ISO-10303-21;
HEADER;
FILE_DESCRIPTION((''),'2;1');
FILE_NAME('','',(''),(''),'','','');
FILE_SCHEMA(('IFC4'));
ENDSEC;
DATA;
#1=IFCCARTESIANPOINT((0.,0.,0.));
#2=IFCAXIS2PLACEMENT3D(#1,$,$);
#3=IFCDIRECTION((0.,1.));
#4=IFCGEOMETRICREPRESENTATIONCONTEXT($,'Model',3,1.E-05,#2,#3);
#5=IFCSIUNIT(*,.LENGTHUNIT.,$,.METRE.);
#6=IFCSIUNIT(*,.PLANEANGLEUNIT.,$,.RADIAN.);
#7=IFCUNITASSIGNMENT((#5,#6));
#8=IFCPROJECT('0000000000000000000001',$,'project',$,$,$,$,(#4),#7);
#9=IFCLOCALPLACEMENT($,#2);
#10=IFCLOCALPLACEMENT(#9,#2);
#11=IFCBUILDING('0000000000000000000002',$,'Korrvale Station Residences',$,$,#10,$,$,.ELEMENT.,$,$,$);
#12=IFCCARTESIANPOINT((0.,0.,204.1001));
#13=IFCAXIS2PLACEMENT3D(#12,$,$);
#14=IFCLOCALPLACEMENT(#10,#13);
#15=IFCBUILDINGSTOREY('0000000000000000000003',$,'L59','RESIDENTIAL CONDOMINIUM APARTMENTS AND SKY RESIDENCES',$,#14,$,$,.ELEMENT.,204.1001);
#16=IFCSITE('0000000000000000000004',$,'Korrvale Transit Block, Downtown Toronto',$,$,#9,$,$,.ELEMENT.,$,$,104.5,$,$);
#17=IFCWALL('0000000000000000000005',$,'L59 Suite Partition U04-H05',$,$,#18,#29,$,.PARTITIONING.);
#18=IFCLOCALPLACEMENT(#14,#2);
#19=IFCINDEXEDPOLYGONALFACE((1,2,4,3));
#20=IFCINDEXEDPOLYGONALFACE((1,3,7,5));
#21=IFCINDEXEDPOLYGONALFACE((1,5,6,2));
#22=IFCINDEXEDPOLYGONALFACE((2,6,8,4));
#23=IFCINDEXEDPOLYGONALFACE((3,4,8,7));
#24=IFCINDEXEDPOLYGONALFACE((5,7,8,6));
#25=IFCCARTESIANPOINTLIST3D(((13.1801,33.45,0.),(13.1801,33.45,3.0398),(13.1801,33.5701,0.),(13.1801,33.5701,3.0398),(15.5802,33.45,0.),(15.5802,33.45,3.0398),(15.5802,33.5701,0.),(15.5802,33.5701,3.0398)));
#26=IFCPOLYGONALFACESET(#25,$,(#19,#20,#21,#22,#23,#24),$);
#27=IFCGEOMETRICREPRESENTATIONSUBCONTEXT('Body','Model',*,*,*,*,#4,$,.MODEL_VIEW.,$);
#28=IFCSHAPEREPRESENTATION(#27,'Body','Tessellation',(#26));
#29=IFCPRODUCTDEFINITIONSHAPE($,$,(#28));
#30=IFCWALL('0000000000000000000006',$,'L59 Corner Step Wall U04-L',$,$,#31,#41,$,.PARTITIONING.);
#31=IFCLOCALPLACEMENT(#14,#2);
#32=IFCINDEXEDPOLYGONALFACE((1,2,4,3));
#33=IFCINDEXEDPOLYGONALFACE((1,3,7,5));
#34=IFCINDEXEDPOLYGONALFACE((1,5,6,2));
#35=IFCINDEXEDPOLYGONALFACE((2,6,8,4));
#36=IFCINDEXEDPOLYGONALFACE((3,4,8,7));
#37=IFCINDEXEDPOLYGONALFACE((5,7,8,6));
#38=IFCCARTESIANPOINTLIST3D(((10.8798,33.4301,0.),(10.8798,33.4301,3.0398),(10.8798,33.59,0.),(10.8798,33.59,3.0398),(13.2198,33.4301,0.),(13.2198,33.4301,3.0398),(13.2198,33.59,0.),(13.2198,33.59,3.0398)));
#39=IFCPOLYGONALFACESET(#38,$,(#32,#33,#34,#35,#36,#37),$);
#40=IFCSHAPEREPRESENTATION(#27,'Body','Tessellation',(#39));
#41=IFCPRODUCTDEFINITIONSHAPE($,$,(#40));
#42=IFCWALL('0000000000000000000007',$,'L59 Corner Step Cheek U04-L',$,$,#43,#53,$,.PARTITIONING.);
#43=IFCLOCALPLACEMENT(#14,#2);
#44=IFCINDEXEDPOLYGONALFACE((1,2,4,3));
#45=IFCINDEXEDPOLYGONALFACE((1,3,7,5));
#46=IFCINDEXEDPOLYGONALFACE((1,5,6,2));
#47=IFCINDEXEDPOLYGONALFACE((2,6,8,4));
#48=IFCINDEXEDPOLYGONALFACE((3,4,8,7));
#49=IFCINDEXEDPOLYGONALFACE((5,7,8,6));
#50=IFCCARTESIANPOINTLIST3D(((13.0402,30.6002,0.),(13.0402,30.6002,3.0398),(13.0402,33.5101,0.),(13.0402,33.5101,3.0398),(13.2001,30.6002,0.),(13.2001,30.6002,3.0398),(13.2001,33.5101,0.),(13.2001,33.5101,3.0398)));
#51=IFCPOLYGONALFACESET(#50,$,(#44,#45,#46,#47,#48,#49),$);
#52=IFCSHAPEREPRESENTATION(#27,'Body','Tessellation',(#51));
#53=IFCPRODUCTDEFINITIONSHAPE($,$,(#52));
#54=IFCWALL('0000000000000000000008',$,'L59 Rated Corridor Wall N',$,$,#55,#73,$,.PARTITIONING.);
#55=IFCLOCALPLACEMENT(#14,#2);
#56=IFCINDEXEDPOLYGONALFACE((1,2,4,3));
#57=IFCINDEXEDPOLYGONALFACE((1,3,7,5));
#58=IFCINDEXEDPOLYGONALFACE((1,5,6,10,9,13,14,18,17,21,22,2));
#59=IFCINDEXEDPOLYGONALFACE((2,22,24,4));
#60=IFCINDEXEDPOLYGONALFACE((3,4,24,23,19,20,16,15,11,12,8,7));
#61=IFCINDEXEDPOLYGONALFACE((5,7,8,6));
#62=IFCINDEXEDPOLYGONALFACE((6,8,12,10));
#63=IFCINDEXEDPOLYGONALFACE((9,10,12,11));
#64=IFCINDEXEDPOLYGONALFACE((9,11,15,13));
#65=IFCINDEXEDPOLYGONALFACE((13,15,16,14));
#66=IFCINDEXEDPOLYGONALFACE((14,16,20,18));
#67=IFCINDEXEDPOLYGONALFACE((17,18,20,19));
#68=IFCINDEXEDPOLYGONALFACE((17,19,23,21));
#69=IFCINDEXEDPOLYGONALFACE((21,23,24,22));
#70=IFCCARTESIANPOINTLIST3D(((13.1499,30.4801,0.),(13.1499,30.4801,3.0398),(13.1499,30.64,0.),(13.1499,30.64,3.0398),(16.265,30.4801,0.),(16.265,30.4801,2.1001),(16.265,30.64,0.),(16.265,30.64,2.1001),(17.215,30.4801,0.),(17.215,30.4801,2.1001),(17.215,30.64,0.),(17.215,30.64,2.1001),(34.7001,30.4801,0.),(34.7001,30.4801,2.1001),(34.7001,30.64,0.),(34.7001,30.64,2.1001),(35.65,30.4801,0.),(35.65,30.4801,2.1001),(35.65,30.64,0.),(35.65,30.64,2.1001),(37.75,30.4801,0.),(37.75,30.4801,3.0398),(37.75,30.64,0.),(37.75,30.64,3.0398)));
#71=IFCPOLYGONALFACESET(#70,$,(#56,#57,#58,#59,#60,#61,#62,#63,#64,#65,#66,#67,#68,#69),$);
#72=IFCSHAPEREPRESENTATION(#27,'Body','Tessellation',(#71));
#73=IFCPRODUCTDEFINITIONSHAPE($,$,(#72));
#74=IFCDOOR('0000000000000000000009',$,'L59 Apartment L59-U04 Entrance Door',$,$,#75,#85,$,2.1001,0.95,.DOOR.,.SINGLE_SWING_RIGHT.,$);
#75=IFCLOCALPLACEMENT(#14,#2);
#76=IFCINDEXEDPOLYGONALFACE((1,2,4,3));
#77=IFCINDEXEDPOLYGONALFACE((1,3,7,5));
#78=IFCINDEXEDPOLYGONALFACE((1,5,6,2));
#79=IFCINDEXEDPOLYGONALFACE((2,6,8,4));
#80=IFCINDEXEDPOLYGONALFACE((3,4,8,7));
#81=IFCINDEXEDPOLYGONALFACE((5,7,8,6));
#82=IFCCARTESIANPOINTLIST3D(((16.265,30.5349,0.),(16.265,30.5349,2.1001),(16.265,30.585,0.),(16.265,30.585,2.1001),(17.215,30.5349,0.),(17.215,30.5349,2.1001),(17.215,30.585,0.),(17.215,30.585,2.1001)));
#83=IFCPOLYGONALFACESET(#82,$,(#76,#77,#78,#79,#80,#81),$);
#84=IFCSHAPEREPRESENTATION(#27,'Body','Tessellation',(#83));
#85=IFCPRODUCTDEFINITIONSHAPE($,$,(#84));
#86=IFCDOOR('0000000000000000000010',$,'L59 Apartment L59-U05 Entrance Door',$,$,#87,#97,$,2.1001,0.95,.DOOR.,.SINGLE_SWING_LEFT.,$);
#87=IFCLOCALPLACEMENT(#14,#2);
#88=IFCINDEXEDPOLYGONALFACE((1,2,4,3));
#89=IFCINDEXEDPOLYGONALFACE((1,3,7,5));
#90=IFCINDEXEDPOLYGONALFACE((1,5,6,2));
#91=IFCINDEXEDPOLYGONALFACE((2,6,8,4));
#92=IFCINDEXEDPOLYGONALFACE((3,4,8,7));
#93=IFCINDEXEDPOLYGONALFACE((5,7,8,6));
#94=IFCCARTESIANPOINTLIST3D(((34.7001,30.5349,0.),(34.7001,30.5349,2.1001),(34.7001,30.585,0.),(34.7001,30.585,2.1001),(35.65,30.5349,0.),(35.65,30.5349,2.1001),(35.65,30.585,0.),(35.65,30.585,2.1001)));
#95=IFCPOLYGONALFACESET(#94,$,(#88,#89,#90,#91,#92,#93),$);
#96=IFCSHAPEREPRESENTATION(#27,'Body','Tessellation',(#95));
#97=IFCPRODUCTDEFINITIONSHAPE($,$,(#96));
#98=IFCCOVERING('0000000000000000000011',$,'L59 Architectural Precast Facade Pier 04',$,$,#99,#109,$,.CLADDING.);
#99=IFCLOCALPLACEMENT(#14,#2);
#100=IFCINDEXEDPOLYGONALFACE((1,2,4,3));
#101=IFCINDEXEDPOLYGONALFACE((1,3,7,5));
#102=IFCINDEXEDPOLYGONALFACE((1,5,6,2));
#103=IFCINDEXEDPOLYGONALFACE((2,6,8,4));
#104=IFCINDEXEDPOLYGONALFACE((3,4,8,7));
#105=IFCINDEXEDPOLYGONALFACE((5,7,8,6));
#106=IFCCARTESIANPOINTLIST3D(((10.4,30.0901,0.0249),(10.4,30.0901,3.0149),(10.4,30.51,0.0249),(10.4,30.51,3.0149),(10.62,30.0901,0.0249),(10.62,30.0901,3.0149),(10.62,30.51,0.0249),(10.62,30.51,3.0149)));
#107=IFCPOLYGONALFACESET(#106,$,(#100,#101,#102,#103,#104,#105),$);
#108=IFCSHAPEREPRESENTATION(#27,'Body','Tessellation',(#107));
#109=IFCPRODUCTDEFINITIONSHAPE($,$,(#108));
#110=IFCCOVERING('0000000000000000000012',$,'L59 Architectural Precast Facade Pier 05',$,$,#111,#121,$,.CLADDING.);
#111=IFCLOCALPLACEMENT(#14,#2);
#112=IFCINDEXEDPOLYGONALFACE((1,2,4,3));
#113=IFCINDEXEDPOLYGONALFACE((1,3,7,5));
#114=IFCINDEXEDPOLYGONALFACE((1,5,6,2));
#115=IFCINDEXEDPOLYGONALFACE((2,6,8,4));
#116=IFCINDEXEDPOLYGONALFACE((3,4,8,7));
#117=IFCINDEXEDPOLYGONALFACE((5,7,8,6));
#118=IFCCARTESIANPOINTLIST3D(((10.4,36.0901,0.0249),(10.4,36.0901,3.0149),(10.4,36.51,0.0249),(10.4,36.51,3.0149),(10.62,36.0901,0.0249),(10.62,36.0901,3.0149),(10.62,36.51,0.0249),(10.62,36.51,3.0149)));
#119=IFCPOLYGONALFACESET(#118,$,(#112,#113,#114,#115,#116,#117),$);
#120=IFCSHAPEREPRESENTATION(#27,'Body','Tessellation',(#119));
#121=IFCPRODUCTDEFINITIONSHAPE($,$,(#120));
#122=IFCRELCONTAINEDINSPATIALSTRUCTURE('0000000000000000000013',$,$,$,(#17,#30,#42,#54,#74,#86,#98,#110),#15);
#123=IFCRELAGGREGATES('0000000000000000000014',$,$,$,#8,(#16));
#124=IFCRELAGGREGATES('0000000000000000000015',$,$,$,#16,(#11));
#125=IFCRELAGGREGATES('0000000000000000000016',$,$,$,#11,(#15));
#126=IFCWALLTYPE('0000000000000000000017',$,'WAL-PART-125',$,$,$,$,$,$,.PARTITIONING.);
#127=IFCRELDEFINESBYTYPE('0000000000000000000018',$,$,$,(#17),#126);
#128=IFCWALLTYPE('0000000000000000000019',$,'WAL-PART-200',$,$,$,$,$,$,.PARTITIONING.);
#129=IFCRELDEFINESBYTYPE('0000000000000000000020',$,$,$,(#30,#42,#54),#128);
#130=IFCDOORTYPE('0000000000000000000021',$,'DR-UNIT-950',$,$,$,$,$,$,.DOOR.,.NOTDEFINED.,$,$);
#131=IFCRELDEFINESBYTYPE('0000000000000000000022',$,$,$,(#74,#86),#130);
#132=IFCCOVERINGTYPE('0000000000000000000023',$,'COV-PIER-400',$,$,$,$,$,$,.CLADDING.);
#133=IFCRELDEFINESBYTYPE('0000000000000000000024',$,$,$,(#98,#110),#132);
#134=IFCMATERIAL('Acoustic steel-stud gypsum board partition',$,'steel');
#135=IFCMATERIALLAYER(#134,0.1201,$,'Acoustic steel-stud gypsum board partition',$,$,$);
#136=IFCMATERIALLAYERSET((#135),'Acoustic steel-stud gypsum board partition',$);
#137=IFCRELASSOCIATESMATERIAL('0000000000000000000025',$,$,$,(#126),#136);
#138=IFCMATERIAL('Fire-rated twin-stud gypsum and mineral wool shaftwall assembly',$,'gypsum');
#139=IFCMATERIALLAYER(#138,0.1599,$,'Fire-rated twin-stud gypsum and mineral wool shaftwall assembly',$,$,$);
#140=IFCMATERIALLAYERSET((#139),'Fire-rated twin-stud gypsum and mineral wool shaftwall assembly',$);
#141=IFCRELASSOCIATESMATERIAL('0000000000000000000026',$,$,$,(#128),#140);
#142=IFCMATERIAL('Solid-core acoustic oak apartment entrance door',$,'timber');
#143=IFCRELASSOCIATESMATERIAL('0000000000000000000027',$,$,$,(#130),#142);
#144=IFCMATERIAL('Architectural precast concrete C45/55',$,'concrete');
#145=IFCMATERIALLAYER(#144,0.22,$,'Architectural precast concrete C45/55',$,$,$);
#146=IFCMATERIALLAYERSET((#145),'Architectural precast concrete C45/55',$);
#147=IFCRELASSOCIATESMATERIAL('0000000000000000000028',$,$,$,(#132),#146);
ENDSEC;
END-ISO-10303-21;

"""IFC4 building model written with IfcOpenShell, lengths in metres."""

from ifc_helpers import new_model, si_unit, direction, frame, frame_2d, origin, origin_2d, place, context, subcontext, project, spatial, rectangle, extrude, material, layer, layer_set, type_object, element, fill, save


model = new_model("IFC4")

# Units and contexts
model_context = context("Model", 3, precision=1e-05, world=origin(), true_north=direction((0.0, 1.0)))
body_context = subcontext(model_context, "Body", "Model", "MODEL_VIEW")
ifc_project = project(units=[si_unit("LENGTHUNIT", "METRE"), si_unit("PLANEANGLEUNIT", "RADIAN")], contexts=[model_context])

# Site, building, storey
site_placement = place(None, origin())
site = spatial("IfcSite", under=ifc_project, at=site_placement, Name="Korrvale Transit Block, Downtown Toronto", CompositionType="ELEMENT", RefElevation=104.5)
building_placement = place(site_placement, origin())
building = spatial("IfcBuilding", under=site, at=building_placement, Name="Korrvale Station Residences", CompositionType="ELEMENT")
storey_placement = place(building_placement, frame((0.0, 0.0, 204.1001)))
storey = spatial("IfcBuildingStorey", under=building, at=storey_placement, Name="L59", Description="RESIDENTIAL CONDOMINIUM APARTMENTS AND SKY RESIDENCES", CompositionType="ELEMENT", Elevation=204.1001)

# Walls
ifc_material_1 = material(Name="Acoustic steel-stud gypsum board partition", Category="steel")
ifc_layer_1 = layer(ifc_material_1, 0.1201, Name="Acoustic steel-stud gypsum board partition")
ifc_layer_set_1 = layer_set([ifc_layer_1], Name="Acoustic steel-stud gypsum board partition")
wall_type_1 = type_object("IfcWallType", Name="WAL-PART-125", PredefinedType="PARTITIONING", material=ifc_layer_set_1)
wall_1_placement = place(storey_placement, frame((13.1799, 33.51, 0.0), z_axis=(0.0, 0.0, 1.0), x_axis=(1.0, 0.0, 0.0)))
element("IfcWall", 1, at=wall_1_placement, inside=storey, type_object=wall_type_1, Name="L59 Suite Partition U04-H05", PredefinedType="PARTITIONING", context=body_context, shape_type="SweptSolid", body=[
    extrude(rectangle(XDim=2.4001, YDim=0.1201, at=frame_2d((1.2002, 0.0))), origin(), (0.0, 0.0, 1.0), 3.0398),
])
ifc_material_2 = material(Name="Fire-rated twin-stud gypsum and mineral wool shaftwall assembly", Category="gypsum")
ifc_layer_2 = layer(ifc_material_2, 0.1599, Name="Fire-rated twin-stud gypsum and mineral wool shaftwall assembly")
ifc_layer_set_2 = layer_set([ifc_layer_2], Name="Fire-rated twin-stud gypsum and mineral wool shaftwall assembly")
wall_type_2 = type_object("IfcWallType", Name="WAL-PART-200", PredefinedType="PARTITIONING", material=ifc_layer_set_2)
wall_2_placement = place(storey_placement, frame((10.8799, 33.51, 0.0), z_axis=(0.0, 0.0, 1.0), x_axis=(1.0, 0.0, 0.0)))
element("IfcWall", 2, at=wall_2_placement, inside=storey, type_object=wall_type_2, Name="L59 Corner Step Wall U04-L", PredefinedType="PARTITIONING", context=body_context, shape_type="SweptSolid", body=[
    extrude(rectangle(XDim=2.3401, YDim=0.1599, at=frame_2d((1.1699, 0.0))), origin(), (0.0, 0.0, 1.0), 3.0398),
])
wall_3_placement = place(storey_placement, frame((13.1201, 30.6001, 0.0), z_axis=(0.0, 0.0, 1.0), x_axis=(0.0, 1.0, 0.0)))
element("IfcWall", 3, at=wall_3_placement, inside=storey, type_object=wall_type_2, Name="L59 Corner Step Cheek U04-L", PredefinedType="PARTITIONING", context=body_context, shape_type="SweptSolid", body=[
    extrude(rectangle(XDim=2.9099, YDim=0.1599, at=frame_2d((1.4551, 0.0))), origin(), (0.0, 0.0, 1.0), 3.0398),
])

# Wall, openings, doors
wall_4_placement = place(storey_placement, frame((13.1499, 30.5601, 0.0), z_axis=(0.0, 0.0, 1.0), x_axis=(1.0, 0.0, 0.0)))
wall_4 = element("IfcWall", 4, at=wall_4_placement, inside=storey, type_object=wall_type_2, Name="L59 Rated Corridor Wall N", PredefinedType="PARTITIONING", context=body_context, shape_type="SweptSolid", body=[
    extrude(rectangle(XDim=24.6001, YDim=0.1599, at=frame_2d((12.3, 0.0))), origin(), (0.0, 0.0, 1.0), 3.0398),
])
opening_1_placement = place(wall_4_placement, frame((3.115, 0.0, 0.0)))
opening_1 = element("IfcOpeningElement", 5, at=opening_1_placement, cuts=wall_4, PredefinedType="OPENING", context=body_context, shape_type="SweptSolid", body=[
    extrude(rectangle(XDim=0.95, YDim=2.1001, at=frame_2d((0.4751, 1.05))), frame((0.0, 0.0898, 0.0), z_axis=(0.0, -1.0, 0.0), x_axis=(1.0, 0.0, 0.0)), (0.0, 0.0, 1.0), 0.1799),
])
opening_2_placement = place(wall_4_placement, frame((21.55, 0.0, 0.0)))
opening_2 = element("IfcOpeningElement", 6, at=opening_2_placement, cuts=wall_4, PredefinedType="OPENING", context=body_context, shape_type="SweptSolid", body=[
    extrude(rectangle(XDim=0.95, YDim=2.1001, at=frame_2d((0.4751, 1.05))), frame((0.0, 0.0898, 0.0), z_axis=(0.0, -1.0, 0.0), x_axis=(1.0, 0.0, 0.0)), (0.0, 0.0, 1.0), 0.1799),
])
ifc_material_3 = material(Name="Solid-core acoustic oak apartment entrance door", Category="timber")
door_type = type_object("IfcDoorType", Name="DR-UNIT-950", OperationType="NOTDEFINED", PredefinedType="DOOR", material=ifc_material_3)
door_1_placement = place(opening_1_placement, origin())
door_1 = element("IfcDoor", 7, at=door_1_placement, inside=storey, type_object=door_type, Name="L59 Apartment L59-U04 Entrance Door", OperationType="SINGLE_SWING_RIGHT", OverallHeight=2.1001, OverallWidth=0.95, PredefinedType="DOOR", context=body_context, shape_type="SweptSolid", body=[
    extrude(rectangle(XDim=0.95, YDim=2.1001, at=frame_2d((0.4751, 1.05))), frame((0.0, 0.0249, 0.0), z_axis=(0.0, -1.0, 0.0), x_axis=(1.0, 0.0, 0.0)), (0.0, 0.0, 1.0), 0.05),
])
fill(opening_1, door_1)
door_2_placement = place(opening_2_placement, origin())
door_2 = element("IfcDoor", 8, at=door_2_placement, inside=storey, type_object=door_type, Name="L59 Apartment L59-U05 Entrance Door", OperationType="SINGLE_SWING_LEFT", OverallHeight=2.1001, OverallWidth=0.95, PredefinedType="DOOR", context=body_context, shape_type="SweptSolid", body=[
    extrude(rectangle(XDim=0.95, YDim=2.1001, at=frame_2d((0.4751, 1.05))), frame((0.0, 0.0249, 0.0), z_axis=(0.0, -1.0, 0.0), x_axis=(1.0, 0.0, 0.0)), (0.0, 0.0, 1.0), 0.05),
])
fill(opening_2, door_2)

# Coverings
ifc_material_4 = material(Name="Architectural precast concrete C45/55", Category="concrete")
ifc_layer_3 = layer(ifc_material_4, 0.22, Name="Architectural precast concrete C45/55")
ifc_layer_set_3 = layer_set([ifc_layer_3], Name="Architectural precast concrete C45/55")
covering_type = type_object("IfcCoveringType", Name="COV-PIER-400", PredefinedType="CLADDING", material=ifc_layer_set_3)
for number, where, z_axis, x_axis, name in (
    (9, (10.51, 30.3, 0.0249), (0.0, 0.0, 1.0), (0.0, 1.0, 0.0), "L59 Architectural Precast Facade Pier 04"),
    (10, (10.51, 36.3, 0.0249), (0.0, 0.0, 1.0), (0.0, 1.0, 0.0), "L59 Architectural Precast Facade Pier 05"),
):
    element("IfcCovering", number, at=place(storey_placement, frame(where, z_axis=z_axis, x_axis=x_axis)), inside=storey, type_object=covering_type, Name=name, PredefinedType="CLADDING", context=body_context, shape_type="SweptSolid", body=[
        extrude(rectangle(XDim=0.4199, YDim=0.22, at=origin_2d()), origin(), (0.0, 0.0, 1.0), 2.99),
    ])

save(model, "model.ifc")
